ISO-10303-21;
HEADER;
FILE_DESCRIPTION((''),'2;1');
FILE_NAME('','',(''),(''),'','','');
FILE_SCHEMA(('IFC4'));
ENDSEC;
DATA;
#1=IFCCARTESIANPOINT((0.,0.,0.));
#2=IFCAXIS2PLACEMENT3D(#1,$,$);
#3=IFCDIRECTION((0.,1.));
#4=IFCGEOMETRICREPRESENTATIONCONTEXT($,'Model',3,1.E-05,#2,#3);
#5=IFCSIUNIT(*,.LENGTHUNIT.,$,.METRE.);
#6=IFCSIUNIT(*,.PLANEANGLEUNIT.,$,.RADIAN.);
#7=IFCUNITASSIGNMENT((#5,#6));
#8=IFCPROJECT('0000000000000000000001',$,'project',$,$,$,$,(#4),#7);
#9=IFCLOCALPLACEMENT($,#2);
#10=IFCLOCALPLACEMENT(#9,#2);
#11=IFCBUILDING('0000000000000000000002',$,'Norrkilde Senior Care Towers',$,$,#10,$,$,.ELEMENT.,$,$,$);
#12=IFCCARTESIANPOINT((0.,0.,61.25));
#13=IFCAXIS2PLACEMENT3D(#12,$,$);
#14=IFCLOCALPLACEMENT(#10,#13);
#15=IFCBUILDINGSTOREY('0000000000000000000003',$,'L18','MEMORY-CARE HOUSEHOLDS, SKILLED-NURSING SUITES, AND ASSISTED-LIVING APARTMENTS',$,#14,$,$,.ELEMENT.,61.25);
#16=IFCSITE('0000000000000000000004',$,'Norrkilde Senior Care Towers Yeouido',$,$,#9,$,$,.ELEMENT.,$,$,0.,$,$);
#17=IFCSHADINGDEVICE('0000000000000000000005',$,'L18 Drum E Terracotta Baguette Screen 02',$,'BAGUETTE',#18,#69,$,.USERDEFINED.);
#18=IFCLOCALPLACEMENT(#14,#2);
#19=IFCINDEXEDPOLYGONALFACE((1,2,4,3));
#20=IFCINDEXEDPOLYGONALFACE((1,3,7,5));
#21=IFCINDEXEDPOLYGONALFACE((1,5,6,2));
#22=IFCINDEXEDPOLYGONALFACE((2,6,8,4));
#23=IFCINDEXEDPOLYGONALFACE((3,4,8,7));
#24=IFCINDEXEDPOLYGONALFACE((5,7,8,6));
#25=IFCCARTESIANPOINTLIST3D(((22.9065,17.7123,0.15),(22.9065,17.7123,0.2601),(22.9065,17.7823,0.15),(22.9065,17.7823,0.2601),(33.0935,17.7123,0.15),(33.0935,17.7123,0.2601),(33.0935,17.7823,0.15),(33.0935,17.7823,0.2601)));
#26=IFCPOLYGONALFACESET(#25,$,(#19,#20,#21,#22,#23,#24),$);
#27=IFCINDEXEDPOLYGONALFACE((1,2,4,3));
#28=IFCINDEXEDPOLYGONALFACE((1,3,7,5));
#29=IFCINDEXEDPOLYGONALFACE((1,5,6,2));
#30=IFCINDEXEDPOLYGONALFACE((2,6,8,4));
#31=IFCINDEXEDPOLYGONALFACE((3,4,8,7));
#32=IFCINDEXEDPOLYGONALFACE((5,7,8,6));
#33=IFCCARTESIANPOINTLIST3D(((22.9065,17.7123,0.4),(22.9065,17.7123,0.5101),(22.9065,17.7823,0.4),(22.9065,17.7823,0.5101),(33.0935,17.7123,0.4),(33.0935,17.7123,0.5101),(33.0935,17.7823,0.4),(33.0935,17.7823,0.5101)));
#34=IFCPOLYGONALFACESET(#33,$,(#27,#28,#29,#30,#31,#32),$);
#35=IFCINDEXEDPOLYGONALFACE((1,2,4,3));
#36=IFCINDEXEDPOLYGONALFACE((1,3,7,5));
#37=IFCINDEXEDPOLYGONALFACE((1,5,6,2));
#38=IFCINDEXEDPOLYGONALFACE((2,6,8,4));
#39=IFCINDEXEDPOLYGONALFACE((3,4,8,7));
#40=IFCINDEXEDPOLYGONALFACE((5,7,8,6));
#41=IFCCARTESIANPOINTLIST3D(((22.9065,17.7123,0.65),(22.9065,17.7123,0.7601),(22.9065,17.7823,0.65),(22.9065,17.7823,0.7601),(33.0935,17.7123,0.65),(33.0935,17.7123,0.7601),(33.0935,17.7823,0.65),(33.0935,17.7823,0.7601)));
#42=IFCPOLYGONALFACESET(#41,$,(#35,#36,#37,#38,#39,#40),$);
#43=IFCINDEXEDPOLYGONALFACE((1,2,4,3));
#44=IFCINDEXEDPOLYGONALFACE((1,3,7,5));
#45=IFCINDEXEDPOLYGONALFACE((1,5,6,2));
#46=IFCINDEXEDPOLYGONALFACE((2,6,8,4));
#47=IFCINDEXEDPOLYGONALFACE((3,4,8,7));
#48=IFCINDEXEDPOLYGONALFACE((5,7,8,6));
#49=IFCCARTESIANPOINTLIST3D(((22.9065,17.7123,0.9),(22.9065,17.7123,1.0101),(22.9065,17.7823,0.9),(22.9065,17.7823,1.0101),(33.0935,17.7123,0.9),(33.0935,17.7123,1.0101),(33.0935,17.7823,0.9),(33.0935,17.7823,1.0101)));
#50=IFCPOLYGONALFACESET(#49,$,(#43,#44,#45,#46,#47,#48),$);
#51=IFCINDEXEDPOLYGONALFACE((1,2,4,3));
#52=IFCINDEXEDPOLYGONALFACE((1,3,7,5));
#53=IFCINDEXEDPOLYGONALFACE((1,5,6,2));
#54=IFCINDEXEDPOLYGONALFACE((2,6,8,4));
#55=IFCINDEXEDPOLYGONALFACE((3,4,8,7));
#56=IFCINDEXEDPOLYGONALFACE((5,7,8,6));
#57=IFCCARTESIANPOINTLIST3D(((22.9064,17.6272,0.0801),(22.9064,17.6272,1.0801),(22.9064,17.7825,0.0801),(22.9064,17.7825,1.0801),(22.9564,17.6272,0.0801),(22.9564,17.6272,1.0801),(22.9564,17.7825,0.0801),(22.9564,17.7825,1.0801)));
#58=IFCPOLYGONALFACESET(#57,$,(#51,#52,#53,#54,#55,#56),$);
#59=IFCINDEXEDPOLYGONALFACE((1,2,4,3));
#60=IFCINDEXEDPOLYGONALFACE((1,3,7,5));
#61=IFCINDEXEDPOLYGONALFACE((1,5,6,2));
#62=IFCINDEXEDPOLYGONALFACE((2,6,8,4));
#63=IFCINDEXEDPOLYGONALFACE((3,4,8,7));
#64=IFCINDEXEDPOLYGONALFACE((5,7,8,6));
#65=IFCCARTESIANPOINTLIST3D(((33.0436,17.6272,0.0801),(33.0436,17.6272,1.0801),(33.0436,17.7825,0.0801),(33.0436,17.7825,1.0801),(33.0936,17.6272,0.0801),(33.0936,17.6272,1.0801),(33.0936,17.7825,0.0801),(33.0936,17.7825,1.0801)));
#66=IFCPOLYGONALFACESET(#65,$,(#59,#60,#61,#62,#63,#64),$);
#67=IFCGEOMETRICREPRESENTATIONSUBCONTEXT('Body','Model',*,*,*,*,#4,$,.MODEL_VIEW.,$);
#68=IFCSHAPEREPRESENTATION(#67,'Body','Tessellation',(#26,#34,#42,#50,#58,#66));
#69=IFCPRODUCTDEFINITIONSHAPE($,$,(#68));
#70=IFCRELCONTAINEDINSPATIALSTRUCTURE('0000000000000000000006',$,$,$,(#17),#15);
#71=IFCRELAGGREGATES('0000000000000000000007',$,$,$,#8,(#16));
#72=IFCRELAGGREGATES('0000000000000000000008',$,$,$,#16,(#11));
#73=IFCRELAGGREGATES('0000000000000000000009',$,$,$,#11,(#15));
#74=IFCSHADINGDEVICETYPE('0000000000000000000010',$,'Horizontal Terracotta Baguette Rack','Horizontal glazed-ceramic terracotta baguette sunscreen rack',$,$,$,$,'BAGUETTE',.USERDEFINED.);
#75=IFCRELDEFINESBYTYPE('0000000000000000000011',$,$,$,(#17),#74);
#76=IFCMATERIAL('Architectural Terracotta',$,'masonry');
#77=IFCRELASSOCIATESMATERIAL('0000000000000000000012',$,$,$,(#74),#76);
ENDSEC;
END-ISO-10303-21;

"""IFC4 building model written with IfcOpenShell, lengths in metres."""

from ifc_helpers import new_model, si_unit, direction, frame, origin, origin_2d, place, context, subcontext, project, spatial, rectangle, extrude, source, transform, mapped, material, type_object, type_shapes, element, save


model = new_model("IFC4")

# Units and contexts
model_context = context("Model", 3, precision=1e-05, world=origin(), true_north=direction((0.0, 1.0)))
body_context = subcontext(model_context, "Body", "Model", "MODEL_VIEW")
ifc_project = project(units=[si_unit("LENGTHUNIT", "METRE"), si_unit("PLANEANGLEUNIT", "RADIAN")], contexts=[model_context])

# Site, building, storey
site_placement = place(None, origin())
site = spatial("IfcSite", under=ifc_project, at=site_placement, Name="Norrkilde Senior Care Towers Yeouido", CompositionType="ELEMENT", RefElevation=0.0)
building_placement = place(site_placement, origin())
building = spatial("IfcBuilding", under=site, at=building_placement, Name="Norrkilde Senior Care Towers", CompositionType="ELEMENT")
storey_placement = place(building_placement, frame((0.0, 0.0, 61.25)))
storey = spatial("IfcBuildingStorey", under=building, at=storey_placement, Name="L18", Description="MEMORY-CARE HOUSEHOLDS, SKILLED-NURSING SUITES, AND ASSISTED-LIVING APARTMENTS", CompositionType="ELEMENT", Elevation=61.25)

# Shading device
ifc_material_1 = material(Name="Architectural Terracotta", Category="masonry")
shading_device_type = type_object("IfcShadingDeviceType", Name="Horizontal Terracotta Baguette Rack", Description="Horizontal glazed-ceramic terracotta baguette sunscreen rack", ElementType="BAGUETTE", PredefinedType="USERDEFINED", material=ifc_material_1)
shared_shape_1 = source(origin(), body_context, "Body", "SweptSolid", [
    extrude(rectangle(XDim=0.0701, YDim=0.1101, at=origin_2d()), frame((0.0, 0.0901, 0.125), z_axis=(1.0, 0.0, 0.0), x_axis=(0.0, 1.0, 0.0)), (0.0, 0.0, 1.0), 10.187),
    extrude(rectangle(XDim=0.0701, YDim=0.1101, at=origin_2d()), frame((0.0, 0.0901, 0.375), z_axis=(1.0, 0.0, 0.0), x_axis=(0.0, 1.0, 0.0)), (0.0, 0.0, 1.0), 10.187),
    extrude(rectangle(XDim=0.0701, YDim=0.1101, at=origin_2d()), frame((0.0, 0.0901, 0.625), z_axis=(1.0, 0.0, 0.0), x_axis=(0.0, 1.0, 0.0)), (0.0, 0.0, 1.0), 10.187),
    extrude(rectangle(XDim=0.0701, YDim=0.1101, at=origin_2d()), frame((0.0, 0.0901, 0.875), z_axis=(1.0, 0.0, 0.0), x_axis=(0.0, 1.0, 0.0)), (0.0, 0.0, 1.0), 10.187),
    extrude(rectangle(XDim=0.05, YDim=0.1553, at=origin_2d()), frame((0.0249, 0.0476, 0.0)), (0.0, 0.0, 1.0), 1.0),
    extrude(rectangle(XDim=0.05, YDim=0.1553, at=origin_2d()), frame((10.1621, 0.0476, 0.0)), (0.0, 0.0, 1.0), 1.0),
])
type_shapes(shading_device_type, [shared_shape_1])
shading_device_placement = place(storey_placement, frame((22.9065, 17.6572, 0.0801), z_axis=(0.0, 0.0, 1.0), x_axis=(1.0, 0.0, 0.0)))
element("IfcShadingDevice", 1, at=shading_device_placement, inside=storey, type_object=shading_device_type, Name="L18 Drum E Terracotta Baguette Screen 02", ObjectType="BAGUETTE", PredefinedType="USERDEFINED", context=body_context, shape_type="MappedRepresentation", body=[
    mapped(shared_shape_1, transform((0.0, 0.0, 0.0), x_axis=(1.0, 0.0, 0.0), y_axis=(0.0, 1.0, 0.0), z_axis=(0.0, 0.0, 1.0), scale=1.0)),
])

save(model, "model.ifc")
